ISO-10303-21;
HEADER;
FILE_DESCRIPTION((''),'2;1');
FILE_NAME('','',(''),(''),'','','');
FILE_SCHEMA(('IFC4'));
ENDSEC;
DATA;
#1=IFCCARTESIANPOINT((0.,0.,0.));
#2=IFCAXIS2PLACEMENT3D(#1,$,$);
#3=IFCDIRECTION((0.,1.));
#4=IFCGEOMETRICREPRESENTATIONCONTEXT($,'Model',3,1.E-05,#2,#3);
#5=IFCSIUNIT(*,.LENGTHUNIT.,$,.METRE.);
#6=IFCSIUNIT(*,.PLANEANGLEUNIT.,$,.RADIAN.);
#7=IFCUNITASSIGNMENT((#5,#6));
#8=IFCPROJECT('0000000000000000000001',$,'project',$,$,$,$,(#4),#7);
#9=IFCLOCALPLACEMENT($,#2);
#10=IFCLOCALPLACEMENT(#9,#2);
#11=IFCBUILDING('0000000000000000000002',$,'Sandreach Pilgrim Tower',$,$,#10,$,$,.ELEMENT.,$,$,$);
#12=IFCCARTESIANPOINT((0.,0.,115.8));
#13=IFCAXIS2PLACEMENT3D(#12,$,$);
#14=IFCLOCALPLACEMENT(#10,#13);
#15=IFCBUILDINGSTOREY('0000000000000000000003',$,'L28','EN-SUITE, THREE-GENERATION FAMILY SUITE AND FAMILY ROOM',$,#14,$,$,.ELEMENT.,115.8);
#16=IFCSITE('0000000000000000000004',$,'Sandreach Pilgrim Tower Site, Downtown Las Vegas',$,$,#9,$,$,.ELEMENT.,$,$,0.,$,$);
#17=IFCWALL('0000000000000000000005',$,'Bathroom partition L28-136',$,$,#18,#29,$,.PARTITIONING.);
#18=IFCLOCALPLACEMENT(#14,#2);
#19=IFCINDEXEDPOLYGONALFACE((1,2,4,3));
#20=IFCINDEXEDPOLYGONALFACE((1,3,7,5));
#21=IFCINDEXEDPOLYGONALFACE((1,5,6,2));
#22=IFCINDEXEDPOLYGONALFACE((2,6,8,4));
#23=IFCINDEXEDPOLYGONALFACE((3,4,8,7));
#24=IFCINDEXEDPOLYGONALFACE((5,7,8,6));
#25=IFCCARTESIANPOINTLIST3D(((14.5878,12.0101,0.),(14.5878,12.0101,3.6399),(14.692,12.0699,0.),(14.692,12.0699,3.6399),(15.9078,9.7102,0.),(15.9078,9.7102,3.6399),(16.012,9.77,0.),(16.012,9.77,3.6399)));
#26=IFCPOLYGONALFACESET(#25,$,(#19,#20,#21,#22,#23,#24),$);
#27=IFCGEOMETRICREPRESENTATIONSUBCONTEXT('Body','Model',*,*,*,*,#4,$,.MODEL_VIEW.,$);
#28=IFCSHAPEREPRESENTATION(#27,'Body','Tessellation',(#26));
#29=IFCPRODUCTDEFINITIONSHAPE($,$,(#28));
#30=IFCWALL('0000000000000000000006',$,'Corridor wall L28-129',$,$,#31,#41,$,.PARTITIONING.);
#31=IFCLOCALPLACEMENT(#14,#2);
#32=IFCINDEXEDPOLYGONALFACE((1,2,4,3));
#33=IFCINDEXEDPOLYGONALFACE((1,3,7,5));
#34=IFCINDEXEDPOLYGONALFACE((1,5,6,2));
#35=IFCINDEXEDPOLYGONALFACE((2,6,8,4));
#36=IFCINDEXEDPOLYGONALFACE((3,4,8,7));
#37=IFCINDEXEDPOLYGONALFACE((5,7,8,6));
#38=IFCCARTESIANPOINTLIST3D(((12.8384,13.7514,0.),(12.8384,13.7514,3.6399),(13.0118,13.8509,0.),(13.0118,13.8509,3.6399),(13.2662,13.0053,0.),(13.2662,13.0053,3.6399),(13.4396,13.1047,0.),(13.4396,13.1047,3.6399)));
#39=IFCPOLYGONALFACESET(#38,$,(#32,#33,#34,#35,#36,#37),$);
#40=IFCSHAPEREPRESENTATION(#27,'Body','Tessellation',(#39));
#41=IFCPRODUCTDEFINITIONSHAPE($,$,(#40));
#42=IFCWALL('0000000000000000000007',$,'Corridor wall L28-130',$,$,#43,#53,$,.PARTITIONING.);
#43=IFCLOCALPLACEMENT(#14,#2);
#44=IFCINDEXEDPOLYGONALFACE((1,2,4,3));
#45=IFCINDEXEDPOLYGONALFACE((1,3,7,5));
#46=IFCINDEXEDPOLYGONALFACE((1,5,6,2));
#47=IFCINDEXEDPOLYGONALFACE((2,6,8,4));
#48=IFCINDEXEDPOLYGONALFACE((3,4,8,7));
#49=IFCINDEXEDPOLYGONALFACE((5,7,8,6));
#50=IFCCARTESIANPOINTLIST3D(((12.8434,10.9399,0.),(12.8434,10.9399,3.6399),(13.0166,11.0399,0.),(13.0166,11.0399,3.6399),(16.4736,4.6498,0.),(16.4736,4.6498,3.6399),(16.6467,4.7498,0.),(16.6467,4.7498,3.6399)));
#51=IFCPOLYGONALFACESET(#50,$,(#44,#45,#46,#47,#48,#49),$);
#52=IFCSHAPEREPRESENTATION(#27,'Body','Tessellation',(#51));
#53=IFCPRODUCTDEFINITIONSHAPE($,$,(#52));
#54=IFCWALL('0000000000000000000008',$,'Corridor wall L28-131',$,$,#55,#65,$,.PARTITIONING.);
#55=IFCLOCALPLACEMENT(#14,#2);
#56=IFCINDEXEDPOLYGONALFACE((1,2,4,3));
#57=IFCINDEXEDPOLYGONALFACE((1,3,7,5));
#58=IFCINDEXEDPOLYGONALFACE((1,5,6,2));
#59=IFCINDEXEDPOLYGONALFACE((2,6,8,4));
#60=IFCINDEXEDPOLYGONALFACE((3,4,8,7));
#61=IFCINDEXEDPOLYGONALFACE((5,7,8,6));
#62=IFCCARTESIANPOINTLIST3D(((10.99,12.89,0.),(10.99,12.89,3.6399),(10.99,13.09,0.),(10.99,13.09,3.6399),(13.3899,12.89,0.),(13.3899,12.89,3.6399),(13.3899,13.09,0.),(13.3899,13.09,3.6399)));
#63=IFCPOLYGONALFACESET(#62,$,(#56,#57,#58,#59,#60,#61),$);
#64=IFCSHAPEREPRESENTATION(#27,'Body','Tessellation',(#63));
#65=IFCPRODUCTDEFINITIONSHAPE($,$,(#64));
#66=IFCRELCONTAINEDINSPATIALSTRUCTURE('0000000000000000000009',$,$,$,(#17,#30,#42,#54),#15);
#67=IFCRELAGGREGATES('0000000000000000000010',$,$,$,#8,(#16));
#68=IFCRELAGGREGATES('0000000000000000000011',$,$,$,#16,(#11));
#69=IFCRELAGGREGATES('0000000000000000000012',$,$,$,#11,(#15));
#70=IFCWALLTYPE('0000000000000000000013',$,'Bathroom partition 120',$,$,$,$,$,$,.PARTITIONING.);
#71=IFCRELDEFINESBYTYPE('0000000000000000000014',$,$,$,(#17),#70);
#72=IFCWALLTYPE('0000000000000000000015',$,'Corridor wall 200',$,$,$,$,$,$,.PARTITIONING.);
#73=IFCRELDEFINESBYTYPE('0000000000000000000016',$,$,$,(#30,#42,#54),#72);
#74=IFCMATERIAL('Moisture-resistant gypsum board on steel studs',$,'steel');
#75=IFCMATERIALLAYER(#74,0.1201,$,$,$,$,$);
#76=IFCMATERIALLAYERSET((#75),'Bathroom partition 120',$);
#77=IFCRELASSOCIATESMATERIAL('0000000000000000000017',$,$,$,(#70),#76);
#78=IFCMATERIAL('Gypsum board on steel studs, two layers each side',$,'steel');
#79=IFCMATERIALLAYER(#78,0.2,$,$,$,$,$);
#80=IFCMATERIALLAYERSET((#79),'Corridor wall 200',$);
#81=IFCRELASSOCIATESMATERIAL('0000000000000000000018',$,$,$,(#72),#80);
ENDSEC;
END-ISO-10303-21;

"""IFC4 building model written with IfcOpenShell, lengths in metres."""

from ifc_helpers import new_model, si_unit, direction, frame, frame_2d, origin, place, context, subcontext, project, spatial, rectangle, extrude, material, layer, layer_set, type_object, element, save


model = new_model("IFC4")

# Units and contexts
model_context = context("Model", 3, precision=1e-05, world=origin(), true_north=direction((0.0, 1.0)))
body_context = subcontext(model_context, "Body", "Model", "MODEL_VIEW")
ifc_project = project(units=[si_unit("LENGTHUNIT", "METRE"), si_unit("PLANEANGLEUNIT", "RADIAN")], contexts=[model_context])

# Site, building, storey
site_placement = place(None, origin())
site = spatial("IfcSite", under=ifc_project, at=site_placement, Name="Sandreach Pilgrim Tower Site, Downtown Las Vegas", CompositionType="ELEMENT", RefElevation=0.0)
building_placement = place(site_placement, origin())
building = spatial("IfcBuilding", under=site, at=building_placement, Name="Sandreach Pilgrim Tower", CompositionType="ELEMENT")
storey_placement = place(building_placement, frame((0.0, 0.0, 115.8)))
storey = spatial("IfcBuildingStorey", under=building, at=storey_placement, Name="L28", Description="EN-SUITE, THREE-GENERATION FAMILY SUITE AND FAMILY ROOM", CompositionType="ELEMENT", Elevation=115.8)

# Shared definitions
ifc_material_1 = material(Name="Moisture-resistant gypsum board on steel studs", Category="steel")
ifc_layer_1 = layer(ifc_material_1, 0.1201)
ifc_layer_set_1 = layer_set([ifc_layer_1], Name="Bathroom partition 120")
wall_type_1 = type_object("IfcWallType", Name="Bathroom partition 120", PredefinedType="PARTITIONING", material=ifc_layer_set_1)

# Wall
wall_1_placement = place(storey_placement, frame((14.6399, 12.04, 0.0), z_axis=(0.0, 0.0, 1.0), x_axis=(0.497774, -0.867307, 0.0)))
element("IfcWall", 1, at=wall_1_placement, inside=storey, type_object=wall_type_1, Name="Bathroom partition L28-136", PredefinedType="PARTITIONING", context=body_context, shape_type="SweptSolid", body=[
    extrude(rectangle(XDim=2.6519, YDim=0.1201, at=frame_2d((1.3259, 0.0))), origin(), (0.0, 0.0, 1.0), 3.6399),
])

# Shared definitions
ifc_material_2 = material(Name="Gypsum board on steel studs, two layers each side", Category="steel")
ifc_layer_2 = layer(ifc_material_2, 0.2)
ifc_layer_set_2 = layer_set([ifc_layer_2], Name="Corridor wall 200")
wall_type_2 = type_object("IfcWallType", Name="Corridor wall 200", PredefinedType="PARTITIONING", material=ifc_layer_set_2)

# Walls
wall_2_placement = place(storey_placement, frame((12.925, 13.8013, 0.0), z_axis=(0.0, 0.0, 1.0), x_axis=(0.497361, -0.867543, 0.0)))
element("IfcWall", 2, at=wall_2_placement, inside=storey, type_object=wall_type_2, Name="Corridor wall L28-129", PredefinedType="PARTITIONING", context=body_context, shape_type="SweptSolid", body=[
    extrude(rectangle(XDim=0.8601, YDim=0.2, at=frame_2d((0.4302, 0.0))), origin(), (0.0, 0.0, 1.0), 3.6399),
])
wall_3_placement = place(storey_placement, frame((12.9299, 10.99, 0.0), z_axis=(0.0, 0.0, 1.0), x_axis=(0.499852, -0.866111, 0.0)))
element("IfcWall", 3, at=wall_3_placement, inside=storey, type_object=wall_type_2, Name="Corridor wall L28-130", PredefinedType="PARTITIONING", context=body_context, shape_type="SweptSolid", body=[
    extrude(rectangle(XDim=7.2625, YDim=0.2, at=frame_2d((3.6313, 0.0))), origin(), (0.0, 0.0, 1.0), 3.6399),
])
wall_4_placement = place(storey_placement, frame((13.3899, 12.99, 0.0), z_axis=(0.0, 0.0, 1.0), x_axis=(-1.0, 0.0, 0.0)))
element("IfcWall", 4, at=wall_4_placement, inside=storey, type_object=wall_type_2, Name="Corridor wall L28-131", PredefinedType="PARTITIONING", context=body_context, shape_type="SweptSolid", body=[
    extrude(rectangle(XDim=2.3999, YDim=0.2, at=frame_2d((1.2, 0.0))), origin(), (0.0, 0.0, 1.0), 3.6399),
])

save(model, "model.ifc")
